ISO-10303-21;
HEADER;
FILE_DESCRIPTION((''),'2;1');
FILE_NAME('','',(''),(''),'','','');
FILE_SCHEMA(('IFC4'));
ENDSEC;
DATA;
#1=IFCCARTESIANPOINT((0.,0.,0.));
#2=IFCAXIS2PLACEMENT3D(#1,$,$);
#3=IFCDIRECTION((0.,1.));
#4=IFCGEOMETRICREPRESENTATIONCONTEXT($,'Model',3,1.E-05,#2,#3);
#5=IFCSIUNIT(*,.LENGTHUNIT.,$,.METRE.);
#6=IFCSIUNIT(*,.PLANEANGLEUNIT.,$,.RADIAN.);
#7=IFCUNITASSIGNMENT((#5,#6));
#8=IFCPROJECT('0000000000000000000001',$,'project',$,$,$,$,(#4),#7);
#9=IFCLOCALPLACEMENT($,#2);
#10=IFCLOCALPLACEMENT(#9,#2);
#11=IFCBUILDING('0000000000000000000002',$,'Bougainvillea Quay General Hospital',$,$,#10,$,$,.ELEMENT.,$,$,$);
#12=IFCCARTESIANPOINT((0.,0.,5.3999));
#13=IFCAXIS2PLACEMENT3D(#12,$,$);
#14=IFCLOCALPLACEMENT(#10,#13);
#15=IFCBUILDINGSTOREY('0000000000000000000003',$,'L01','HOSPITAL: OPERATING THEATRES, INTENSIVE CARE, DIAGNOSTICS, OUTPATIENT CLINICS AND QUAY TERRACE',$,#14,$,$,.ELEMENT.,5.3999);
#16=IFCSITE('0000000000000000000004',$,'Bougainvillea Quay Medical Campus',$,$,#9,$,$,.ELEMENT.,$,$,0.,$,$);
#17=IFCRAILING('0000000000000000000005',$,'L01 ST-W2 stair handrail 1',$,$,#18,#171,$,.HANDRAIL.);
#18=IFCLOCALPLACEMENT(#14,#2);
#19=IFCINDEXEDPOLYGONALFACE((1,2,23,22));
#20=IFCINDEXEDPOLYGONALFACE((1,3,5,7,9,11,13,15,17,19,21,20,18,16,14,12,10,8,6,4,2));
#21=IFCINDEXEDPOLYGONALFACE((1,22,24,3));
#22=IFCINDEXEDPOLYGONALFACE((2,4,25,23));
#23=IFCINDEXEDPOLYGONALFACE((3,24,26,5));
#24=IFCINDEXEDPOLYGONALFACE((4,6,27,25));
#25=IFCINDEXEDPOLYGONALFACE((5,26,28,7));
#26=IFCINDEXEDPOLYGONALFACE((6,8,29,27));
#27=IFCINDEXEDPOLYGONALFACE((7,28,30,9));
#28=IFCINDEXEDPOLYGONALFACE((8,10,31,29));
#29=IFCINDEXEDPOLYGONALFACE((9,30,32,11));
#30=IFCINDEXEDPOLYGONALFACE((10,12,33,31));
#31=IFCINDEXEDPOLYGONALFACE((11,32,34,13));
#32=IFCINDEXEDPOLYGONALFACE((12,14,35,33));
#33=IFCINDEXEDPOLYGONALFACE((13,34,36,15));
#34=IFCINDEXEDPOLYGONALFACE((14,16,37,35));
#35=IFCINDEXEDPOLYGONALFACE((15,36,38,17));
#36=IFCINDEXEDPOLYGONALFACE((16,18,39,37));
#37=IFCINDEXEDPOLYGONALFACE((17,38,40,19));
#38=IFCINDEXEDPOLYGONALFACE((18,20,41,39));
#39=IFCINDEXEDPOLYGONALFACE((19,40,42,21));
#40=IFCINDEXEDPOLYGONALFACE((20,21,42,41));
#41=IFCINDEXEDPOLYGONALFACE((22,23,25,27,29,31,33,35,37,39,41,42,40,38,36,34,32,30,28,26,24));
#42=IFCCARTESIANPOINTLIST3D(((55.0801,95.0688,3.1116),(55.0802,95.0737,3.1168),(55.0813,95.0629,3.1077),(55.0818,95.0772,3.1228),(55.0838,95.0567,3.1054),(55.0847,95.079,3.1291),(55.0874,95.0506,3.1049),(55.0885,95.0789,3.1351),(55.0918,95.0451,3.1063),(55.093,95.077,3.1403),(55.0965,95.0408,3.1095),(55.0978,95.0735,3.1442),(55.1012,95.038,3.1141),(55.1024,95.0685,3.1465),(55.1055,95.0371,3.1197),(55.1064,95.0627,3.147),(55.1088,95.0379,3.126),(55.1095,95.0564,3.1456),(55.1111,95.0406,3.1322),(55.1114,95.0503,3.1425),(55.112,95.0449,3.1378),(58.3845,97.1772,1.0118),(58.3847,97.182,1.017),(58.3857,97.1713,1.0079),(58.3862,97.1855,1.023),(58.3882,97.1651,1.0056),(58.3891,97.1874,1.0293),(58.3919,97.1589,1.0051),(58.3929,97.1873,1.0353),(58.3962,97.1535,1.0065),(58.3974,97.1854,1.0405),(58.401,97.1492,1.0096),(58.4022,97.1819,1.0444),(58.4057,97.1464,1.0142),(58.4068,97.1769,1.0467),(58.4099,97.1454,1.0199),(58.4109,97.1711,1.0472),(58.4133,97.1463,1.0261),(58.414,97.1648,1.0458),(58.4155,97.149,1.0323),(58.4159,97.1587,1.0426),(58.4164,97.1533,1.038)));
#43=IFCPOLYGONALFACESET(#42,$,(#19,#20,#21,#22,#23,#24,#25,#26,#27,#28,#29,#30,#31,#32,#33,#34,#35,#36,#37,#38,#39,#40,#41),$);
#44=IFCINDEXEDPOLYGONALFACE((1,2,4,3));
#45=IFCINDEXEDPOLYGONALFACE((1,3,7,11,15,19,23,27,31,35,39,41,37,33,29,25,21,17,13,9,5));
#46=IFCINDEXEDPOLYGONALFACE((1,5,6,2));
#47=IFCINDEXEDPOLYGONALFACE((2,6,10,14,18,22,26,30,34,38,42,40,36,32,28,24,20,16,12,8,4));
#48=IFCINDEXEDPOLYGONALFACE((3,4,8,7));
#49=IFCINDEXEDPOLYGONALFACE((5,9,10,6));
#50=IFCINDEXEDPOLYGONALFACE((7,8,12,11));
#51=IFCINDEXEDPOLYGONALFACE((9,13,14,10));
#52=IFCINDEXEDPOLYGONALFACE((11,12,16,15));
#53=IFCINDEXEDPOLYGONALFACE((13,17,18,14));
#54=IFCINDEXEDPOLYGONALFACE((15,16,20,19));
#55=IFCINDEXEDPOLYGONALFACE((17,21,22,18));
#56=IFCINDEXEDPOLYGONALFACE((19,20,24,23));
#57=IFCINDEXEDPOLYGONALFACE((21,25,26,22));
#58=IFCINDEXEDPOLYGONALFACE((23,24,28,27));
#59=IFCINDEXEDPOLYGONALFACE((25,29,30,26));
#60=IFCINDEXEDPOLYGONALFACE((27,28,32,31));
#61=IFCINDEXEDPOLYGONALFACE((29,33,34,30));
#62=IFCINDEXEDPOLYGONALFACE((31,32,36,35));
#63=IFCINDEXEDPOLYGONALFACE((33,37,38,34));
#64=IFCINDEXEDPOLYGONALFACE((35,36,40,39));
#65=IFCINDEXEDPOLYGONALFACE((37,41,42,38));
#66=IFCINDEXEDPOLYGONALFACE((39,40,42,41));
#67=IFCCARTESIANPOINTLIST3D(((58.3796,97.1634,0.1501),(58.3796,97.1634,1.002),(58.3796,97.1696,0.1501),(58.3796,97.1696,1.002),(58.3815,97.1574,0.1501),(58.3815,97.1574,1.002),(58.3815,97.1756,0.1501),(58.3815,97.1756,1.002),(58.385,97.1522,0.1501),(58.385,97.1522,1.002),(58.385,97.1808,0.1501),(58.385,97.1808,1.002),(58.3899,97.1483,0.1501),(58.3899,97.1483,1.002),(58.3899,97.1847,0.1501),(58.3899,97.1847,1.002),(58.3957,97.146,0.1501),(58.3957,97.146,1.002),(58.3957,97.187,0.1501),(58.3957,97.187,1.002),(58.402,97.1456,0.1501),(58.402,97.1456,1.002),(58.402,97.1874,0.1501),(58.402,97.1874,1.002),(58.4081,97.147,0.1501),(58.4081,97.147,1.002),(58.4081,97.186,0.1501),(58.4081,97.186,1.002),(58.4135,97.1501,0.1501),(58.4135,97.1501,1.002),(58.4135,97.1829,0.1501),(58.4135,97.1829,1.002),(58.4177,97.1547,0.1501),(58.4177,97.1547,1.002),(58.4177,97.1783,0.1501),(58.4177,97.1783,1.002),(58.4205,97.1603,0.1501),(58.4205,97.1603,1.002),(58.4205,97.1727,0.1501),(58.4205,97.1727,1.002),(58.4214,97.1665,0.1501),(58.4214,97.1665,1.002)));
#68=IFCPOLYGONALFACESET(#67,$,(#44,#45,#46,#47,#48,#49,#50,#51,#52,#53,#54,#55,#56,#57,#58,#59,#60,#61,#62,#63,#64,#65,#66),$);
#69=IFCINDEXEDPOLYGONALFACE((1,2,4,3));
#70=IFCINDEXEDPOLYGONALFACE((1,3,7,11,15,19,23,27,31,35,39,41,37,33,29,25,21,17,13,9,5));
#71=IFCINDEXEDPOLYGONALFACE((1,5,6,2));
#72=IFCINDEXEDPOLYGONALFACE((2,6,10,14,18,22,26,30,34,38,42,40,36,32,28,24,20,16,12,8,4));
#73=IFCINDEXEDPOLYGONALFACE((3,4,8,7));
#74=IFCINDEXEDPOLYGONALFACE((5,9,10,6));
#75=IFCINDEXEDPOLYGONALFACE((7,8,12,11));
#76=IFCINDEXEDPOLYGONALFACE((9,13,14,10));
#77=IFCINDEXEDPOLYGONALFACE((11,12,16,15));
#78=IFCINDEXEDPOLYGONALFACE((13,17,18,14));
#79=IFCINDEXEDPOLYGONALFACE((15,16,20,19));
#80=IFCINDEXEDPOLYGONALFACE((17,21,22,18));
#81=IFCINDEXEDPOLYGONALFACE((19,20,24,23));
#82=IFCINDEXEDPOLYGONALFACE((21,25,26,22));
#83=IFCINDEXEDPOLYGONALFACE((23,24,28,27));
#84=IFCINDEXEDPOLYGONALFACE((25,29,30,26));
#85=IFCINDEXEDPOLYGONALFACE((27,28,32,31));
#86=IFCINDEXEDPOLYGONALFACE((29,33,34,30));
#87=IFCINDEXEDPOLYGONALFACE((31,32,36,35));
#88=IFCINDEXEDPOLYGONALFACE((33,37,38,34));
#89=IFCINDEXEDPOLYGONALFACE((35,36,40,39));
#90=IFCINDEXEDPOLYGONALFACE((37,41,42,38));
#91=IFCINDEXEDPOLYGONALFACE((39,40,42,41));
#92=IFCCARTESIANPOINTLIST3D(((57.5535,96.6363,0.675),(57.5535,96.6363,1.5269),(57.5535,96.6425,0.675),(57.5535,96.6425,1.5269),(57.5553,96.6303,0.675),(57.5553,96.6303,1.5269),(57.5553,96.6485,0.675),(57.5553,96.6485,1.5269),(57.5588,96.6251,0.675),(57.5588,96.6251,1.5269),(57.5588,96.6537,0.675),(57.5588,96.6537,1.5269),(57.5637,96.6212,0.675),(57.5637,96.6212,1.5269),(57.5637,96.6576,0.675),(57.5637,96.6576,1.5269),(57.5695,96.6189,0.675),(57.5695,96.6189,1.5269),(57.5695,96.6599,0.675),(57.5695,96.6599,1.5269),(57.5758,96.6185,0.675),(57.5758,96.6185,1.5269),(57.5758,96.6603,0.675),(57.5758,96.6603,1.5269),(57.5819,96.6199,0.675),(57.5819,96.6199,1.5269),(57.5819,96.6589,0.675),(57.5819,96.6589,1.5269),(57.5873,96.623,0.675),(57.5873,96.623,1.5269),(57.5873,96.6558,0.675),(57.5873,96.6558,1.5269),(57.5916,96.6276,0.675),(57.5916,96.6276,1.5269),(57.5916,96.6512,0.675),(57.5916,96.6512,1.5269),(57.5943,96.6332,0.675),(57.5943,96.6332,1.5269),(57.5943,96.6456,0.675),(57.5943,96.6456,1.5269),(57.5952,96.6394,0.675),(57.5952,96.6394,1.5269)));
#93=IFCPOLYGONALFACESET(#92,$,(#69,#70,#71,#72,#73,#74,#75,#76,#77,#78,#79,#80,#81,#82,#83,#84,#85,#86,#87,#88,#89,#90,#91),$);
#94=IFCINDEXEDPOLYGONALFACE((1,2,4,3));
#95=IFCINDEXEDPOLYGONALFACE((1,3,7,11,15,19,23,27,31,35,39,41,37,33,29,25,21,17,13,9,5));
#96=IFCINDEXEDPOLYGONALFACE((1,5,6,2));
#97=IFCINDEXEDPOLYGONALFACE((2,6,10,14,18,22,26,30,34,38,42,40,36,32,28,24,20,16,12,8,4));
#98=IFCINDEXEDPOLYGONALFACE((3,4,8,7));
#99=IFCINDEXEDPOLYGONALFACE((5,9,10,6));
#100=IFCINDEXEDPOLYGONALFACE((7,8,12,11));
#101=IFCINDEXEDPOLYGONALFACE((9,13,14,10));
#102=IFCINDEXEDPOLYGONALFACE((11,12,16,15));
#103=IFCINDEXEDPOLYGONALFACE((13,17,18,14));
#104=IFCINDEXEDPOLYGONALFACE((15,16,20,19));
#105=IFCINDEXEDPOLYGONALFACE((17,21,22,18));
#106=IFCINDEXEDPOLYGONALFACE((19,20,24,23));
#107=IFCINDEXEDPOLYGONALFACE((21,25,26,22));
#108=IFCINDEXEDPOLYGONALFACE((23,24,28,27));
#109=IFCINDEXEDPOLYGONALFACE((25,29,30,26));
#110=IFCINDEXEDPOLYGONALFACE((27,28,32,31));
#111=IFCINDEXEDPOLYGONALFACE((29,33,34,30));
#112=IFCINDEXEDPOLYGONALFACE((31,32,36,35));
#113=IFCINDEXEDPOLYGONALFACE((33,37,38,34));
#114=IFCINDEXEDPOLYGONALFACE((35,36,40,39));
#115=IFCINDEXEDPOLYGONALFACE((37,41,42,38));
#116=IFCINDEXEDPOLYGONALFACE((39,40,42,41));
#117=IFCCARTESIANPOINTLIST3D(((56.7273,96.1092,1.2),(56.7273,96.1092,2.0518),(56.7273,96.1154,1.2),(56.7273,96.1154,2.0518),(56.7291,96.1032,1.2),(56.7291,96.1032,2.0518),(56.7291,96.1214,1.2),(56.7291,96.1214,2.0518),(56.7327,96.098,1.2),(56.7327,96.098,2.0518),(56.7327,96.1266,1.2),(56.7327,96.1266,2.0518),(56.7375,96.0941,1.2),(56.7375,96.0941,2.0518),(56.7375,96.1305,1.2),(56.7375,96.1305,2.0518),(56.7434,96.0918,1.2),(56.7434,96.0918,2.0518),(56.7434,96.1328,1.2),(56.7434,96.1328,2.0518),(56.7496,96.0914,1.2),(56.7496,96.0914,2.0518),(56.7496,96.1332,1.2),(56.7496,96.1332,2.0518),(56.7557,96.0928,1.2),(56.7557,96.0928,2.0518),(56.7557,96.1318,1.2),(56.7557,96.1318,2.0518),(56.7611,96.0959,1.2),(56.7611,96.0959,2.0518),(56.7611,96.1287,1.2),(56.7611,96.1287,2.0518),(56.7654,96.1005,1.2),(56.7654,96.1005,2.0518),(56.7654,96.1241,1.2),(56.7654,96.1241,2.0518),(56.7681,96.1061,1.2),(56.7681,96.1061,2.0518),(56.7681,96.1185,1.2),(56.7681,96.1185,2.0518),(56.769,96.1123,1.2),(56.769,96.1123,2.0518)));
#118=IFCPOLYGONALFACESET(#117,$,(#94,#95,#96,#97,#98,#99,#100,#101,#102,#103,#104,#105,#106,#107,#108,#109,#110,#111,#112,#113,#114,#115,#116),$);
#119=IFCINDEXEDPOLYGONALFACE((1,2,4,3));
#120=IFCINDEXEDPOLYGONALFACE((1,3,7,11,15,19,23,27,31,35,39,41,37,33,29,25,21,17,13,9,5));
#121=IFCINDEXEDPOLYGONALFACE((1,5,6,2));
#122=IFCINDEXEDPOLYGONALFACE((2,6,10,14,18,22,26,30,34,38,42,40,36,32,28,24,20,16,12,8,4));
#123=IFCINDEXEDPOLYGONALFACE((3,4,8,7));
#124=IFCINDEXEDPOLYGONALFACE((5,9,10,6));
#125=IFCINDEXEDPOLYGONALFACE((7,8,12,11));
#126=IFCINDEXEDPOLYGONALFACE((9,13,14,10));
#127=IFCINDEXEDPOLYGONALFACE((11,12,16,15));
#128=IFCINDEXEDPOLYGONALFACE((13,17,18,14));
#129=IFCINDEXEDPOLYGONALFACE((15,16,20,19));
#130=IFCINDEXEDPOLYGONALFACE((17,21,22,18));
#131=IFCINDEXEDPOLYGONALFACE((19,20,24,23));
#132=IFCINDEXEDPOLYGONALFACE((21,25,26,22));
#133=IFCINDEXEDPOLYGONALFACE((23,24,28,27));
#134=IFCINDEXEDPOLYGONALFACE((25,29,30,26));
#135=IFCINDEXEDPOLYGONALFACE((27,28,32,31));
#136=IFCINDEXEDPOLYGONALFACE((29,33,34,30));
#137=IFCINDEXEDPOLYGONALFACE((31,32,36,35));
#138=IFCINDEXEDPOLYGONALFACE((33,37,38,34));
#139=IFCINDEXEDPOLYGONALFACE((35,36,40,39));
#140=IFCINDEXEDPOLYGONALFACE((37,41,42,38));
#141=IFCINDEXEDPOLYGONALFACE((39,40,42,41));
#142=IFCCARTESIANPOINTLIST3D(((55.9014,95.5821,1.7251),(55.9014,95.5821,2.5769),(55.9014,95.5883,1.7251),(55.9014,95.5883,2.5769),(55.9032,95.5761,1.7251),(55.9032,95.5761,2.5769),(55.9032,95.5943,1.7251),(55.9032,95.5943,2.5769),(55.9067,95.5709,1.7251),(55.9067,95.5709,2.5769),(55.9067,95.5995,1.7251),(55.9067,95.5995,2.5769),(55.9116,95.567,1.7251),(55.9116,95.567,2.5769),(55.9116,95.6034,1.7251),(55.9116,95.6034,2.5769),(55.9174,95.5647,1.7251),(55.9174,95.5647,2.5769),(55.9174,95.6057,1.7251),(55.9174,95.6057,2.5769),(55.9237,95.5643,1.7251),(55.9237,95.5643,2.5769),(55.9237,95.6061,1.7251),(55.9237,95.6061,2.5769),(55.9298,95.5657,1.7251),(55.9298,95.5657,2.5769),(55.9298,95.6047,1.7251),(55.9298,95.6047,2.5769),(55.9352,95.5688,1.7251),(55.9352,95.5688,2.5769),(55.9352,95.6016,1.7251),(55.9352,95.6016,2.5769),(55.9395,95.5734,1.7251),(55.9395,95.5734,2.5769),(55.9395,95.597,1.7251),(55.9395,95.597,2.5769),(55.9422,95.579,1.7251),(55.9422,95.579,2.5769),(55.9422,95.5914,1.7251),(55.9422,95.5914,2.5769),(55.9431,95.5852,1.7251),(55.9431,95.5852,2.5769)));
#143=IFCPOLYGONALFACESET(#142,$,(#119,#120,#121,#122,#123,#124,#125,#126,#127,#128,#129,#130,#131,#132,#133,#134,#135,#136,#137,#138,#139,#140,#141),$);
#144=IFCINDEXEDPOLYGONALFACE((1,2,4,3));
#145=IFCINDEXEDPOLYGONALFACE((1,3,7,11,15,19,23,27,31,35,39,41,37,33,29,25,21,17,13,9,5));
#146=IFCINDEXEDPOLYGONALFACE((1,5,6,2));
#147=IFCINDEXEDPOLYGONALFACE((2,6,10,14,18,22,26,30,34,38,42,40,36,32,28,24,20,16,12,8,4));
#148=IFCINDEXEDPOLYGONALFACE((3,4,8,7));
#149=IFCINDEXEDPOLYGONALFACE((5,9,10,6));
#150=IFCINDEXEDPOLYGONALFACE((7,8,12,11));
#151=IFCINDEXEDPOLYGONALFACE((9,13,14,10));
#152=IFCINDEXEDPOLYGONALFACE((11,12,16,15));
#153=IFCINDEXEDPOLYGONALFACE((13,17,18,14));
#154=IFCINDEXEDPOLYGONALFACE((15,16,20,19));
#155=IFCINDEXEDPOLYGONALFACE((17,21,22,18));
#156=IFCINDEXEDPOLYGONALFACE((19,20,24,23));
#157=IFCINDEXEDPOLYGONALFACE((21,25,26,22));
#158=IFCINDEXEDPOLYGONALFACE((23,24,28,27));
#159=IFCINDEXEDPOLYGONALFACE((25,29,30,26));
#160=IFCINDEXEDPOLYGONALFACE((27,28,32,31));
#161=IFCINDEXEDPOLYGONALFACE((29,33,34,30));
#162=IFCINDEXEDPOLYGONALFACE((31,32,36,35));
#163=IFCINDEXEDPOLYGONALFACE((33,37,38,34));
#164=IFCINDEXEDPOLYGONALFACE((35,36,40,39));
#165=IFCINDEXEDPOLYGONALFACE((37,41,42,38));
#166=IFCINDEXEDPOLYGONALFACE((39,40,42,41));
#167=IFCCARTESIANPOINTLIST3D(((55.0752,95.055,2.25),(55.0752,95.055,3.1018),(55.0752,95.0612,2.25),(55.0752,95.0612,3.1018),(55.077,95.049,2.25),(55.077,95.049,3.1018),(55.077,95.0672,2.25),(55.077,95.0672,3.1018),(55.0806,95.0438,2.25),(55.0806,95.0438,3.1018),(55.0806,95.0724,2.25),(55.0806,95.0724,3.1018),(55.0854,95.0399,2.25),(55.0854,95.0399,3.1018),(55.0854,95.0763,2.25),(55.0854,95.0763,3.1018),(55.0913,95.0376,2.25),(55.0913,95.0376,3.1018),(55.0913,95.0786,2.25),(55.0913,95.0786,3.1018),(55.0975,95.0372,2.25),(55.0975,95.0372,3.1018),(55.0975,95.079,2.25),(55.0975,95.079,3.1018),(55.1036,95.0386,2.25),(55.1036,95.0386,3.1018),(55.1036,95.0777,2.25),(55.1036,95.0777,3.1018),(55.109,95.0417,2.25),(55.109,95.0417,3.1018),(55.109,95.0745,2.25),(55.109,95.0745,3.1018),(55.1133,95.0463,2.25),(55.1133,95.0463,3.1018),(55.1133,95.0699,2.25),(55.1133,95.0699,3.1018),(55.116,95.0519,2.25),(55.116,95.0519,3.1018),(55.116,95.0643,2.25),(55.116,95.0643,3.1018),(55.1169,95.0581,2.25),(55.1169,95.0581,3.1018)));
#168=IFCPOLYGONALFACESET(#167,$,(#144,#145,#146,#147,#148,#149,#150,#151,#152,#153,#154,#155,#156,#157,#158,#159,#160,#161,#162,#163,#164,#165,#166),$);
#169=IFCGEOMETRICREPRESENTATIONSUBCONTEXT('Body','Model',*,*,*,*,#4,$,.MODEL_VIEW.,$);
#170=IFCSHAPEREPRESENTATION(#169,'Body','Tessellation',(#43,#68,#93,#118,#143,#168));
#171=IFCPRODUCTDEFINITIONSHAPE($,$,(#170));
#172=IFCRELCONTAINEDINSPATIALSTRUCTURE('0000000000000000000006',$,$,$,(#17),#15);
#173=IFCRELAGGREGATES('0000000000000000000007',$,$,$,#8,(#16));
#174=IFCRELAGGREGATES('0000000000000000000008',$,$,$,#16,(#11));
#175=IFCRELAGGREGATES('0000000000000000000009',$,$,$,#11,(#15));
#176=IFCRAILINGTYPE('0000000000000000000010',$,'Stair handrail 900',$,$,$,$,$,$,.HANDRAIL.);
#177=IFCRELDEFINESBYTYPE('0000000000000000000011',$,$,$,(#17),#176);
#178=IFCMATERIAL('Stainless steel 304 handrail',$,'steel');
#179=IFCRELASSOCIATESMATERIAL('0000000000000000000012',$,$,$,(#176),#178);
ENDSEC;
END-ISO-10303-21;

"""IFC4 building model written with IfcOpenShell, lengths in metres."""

from ifc_helpers import new_model, si_unit, direction, frame, origin, origin_2d, place, context, subcontext, project, spatial, circle, extrude, material, type_object, element, save


model = new_model("IFC4")

# Units and contexts
model_context = context("Model", 3, precision=1e-05, world=origin(), true_north=direction((0.0, 1.0)))
body_context = subcontext(model_context, "Body", "Model", "MODEL_VIEW")
ifc_project = project(units=[si_unit("LENGTHUNIT", "METRE"), si_unit("PLANEANGLEUNIT", "RADIAN")], contexts=[model_context])

# Site, building, storey
site_placement = place(None, origin())
site = spatial("IfcSite", under=ifc_project, at=site_placement, Name="Bougainvillea Quay Medical Campus", CompositionType="ELEMENT", RefElevation=0.0)
building_placement = place(site_placement, origin())
building = spatial("IfcBuilding", under=site, at=building_placement, Name="Bougainvillea Quay General Hospital", CompositionType="ELEMENT")
storey_placement = place(building_placement, frame((0.0, 0.0, 5.3999)))
storey = spatial("IfcBuildingStorey", under=building, at=storey_placement, Name="L01", Description="HOSPITAL: OPERATING THEATRES, INTENSIVE CARE, DIAGNOSTICS, OUTPATIENT CLINICS AND QUAY TERRACE", CompositionType="ELEMENT", Elevation=5.3999)

# Railing
ifc_material_1 = material(Name="Stainless steel 304 handrail", Category="steel")
railing_type_1 = type_object("IfcRailingType", Name="Stair handrail 900", PredefinedType="HANDRAIL", material=ifc_material_1)
railing_1_placement = place(storey_placement, frame((58.4004, 97.1665, 0.1501)))
element("IfcRailing", 1, at=railing_1_placement, inside=storey, type_object=railing_type_1, Name="L01 ST-W2 stair handrail 1", PredefinedType="HANDRAIL", context=body_context, shape_type="SweptSolid", body=[
    extrude(circle(Radius=0.0239, at=origin_2d()), frame((0.0, 0.0, 0.876), z_axis=(-0.743105, -0.474138, 0.472216), x_axis=(0.537887, -0.843017, 0.0)), (0.0, 0.0, 1.0), 4.4468),
    extrude(circle(Radius=0.021, at=origin_2d()), origin(), (0.0, 0.0, 1.0), 0.8518),
    extrude(circle(Radius=0.021, at=origin_2d()), frame((-0.8262, -0.5271, 0.5249)), (0.0, 0.0, 1.0), 0.8518),
    extrude(circle(Radius=0.021, at=origin_2d()), frame((-1.6523, -1.0542, 1.0498)), (0.0, 0.0, 1.0), 0.8518),
    extrude(circle(Radius=0.021, at=origin_2d()), frame((-2.4783, -1.5813, 1.575)), (0.0, 0.0, 1.0), 0.8518),
    extrude(circle(Radius=0.021, at=origin_2d()), frame((-3.3044, -2.1084, 2.0999)), (0.0, 0.0, 1.0), 0.8518),
])

save(model, "model.ifc")
